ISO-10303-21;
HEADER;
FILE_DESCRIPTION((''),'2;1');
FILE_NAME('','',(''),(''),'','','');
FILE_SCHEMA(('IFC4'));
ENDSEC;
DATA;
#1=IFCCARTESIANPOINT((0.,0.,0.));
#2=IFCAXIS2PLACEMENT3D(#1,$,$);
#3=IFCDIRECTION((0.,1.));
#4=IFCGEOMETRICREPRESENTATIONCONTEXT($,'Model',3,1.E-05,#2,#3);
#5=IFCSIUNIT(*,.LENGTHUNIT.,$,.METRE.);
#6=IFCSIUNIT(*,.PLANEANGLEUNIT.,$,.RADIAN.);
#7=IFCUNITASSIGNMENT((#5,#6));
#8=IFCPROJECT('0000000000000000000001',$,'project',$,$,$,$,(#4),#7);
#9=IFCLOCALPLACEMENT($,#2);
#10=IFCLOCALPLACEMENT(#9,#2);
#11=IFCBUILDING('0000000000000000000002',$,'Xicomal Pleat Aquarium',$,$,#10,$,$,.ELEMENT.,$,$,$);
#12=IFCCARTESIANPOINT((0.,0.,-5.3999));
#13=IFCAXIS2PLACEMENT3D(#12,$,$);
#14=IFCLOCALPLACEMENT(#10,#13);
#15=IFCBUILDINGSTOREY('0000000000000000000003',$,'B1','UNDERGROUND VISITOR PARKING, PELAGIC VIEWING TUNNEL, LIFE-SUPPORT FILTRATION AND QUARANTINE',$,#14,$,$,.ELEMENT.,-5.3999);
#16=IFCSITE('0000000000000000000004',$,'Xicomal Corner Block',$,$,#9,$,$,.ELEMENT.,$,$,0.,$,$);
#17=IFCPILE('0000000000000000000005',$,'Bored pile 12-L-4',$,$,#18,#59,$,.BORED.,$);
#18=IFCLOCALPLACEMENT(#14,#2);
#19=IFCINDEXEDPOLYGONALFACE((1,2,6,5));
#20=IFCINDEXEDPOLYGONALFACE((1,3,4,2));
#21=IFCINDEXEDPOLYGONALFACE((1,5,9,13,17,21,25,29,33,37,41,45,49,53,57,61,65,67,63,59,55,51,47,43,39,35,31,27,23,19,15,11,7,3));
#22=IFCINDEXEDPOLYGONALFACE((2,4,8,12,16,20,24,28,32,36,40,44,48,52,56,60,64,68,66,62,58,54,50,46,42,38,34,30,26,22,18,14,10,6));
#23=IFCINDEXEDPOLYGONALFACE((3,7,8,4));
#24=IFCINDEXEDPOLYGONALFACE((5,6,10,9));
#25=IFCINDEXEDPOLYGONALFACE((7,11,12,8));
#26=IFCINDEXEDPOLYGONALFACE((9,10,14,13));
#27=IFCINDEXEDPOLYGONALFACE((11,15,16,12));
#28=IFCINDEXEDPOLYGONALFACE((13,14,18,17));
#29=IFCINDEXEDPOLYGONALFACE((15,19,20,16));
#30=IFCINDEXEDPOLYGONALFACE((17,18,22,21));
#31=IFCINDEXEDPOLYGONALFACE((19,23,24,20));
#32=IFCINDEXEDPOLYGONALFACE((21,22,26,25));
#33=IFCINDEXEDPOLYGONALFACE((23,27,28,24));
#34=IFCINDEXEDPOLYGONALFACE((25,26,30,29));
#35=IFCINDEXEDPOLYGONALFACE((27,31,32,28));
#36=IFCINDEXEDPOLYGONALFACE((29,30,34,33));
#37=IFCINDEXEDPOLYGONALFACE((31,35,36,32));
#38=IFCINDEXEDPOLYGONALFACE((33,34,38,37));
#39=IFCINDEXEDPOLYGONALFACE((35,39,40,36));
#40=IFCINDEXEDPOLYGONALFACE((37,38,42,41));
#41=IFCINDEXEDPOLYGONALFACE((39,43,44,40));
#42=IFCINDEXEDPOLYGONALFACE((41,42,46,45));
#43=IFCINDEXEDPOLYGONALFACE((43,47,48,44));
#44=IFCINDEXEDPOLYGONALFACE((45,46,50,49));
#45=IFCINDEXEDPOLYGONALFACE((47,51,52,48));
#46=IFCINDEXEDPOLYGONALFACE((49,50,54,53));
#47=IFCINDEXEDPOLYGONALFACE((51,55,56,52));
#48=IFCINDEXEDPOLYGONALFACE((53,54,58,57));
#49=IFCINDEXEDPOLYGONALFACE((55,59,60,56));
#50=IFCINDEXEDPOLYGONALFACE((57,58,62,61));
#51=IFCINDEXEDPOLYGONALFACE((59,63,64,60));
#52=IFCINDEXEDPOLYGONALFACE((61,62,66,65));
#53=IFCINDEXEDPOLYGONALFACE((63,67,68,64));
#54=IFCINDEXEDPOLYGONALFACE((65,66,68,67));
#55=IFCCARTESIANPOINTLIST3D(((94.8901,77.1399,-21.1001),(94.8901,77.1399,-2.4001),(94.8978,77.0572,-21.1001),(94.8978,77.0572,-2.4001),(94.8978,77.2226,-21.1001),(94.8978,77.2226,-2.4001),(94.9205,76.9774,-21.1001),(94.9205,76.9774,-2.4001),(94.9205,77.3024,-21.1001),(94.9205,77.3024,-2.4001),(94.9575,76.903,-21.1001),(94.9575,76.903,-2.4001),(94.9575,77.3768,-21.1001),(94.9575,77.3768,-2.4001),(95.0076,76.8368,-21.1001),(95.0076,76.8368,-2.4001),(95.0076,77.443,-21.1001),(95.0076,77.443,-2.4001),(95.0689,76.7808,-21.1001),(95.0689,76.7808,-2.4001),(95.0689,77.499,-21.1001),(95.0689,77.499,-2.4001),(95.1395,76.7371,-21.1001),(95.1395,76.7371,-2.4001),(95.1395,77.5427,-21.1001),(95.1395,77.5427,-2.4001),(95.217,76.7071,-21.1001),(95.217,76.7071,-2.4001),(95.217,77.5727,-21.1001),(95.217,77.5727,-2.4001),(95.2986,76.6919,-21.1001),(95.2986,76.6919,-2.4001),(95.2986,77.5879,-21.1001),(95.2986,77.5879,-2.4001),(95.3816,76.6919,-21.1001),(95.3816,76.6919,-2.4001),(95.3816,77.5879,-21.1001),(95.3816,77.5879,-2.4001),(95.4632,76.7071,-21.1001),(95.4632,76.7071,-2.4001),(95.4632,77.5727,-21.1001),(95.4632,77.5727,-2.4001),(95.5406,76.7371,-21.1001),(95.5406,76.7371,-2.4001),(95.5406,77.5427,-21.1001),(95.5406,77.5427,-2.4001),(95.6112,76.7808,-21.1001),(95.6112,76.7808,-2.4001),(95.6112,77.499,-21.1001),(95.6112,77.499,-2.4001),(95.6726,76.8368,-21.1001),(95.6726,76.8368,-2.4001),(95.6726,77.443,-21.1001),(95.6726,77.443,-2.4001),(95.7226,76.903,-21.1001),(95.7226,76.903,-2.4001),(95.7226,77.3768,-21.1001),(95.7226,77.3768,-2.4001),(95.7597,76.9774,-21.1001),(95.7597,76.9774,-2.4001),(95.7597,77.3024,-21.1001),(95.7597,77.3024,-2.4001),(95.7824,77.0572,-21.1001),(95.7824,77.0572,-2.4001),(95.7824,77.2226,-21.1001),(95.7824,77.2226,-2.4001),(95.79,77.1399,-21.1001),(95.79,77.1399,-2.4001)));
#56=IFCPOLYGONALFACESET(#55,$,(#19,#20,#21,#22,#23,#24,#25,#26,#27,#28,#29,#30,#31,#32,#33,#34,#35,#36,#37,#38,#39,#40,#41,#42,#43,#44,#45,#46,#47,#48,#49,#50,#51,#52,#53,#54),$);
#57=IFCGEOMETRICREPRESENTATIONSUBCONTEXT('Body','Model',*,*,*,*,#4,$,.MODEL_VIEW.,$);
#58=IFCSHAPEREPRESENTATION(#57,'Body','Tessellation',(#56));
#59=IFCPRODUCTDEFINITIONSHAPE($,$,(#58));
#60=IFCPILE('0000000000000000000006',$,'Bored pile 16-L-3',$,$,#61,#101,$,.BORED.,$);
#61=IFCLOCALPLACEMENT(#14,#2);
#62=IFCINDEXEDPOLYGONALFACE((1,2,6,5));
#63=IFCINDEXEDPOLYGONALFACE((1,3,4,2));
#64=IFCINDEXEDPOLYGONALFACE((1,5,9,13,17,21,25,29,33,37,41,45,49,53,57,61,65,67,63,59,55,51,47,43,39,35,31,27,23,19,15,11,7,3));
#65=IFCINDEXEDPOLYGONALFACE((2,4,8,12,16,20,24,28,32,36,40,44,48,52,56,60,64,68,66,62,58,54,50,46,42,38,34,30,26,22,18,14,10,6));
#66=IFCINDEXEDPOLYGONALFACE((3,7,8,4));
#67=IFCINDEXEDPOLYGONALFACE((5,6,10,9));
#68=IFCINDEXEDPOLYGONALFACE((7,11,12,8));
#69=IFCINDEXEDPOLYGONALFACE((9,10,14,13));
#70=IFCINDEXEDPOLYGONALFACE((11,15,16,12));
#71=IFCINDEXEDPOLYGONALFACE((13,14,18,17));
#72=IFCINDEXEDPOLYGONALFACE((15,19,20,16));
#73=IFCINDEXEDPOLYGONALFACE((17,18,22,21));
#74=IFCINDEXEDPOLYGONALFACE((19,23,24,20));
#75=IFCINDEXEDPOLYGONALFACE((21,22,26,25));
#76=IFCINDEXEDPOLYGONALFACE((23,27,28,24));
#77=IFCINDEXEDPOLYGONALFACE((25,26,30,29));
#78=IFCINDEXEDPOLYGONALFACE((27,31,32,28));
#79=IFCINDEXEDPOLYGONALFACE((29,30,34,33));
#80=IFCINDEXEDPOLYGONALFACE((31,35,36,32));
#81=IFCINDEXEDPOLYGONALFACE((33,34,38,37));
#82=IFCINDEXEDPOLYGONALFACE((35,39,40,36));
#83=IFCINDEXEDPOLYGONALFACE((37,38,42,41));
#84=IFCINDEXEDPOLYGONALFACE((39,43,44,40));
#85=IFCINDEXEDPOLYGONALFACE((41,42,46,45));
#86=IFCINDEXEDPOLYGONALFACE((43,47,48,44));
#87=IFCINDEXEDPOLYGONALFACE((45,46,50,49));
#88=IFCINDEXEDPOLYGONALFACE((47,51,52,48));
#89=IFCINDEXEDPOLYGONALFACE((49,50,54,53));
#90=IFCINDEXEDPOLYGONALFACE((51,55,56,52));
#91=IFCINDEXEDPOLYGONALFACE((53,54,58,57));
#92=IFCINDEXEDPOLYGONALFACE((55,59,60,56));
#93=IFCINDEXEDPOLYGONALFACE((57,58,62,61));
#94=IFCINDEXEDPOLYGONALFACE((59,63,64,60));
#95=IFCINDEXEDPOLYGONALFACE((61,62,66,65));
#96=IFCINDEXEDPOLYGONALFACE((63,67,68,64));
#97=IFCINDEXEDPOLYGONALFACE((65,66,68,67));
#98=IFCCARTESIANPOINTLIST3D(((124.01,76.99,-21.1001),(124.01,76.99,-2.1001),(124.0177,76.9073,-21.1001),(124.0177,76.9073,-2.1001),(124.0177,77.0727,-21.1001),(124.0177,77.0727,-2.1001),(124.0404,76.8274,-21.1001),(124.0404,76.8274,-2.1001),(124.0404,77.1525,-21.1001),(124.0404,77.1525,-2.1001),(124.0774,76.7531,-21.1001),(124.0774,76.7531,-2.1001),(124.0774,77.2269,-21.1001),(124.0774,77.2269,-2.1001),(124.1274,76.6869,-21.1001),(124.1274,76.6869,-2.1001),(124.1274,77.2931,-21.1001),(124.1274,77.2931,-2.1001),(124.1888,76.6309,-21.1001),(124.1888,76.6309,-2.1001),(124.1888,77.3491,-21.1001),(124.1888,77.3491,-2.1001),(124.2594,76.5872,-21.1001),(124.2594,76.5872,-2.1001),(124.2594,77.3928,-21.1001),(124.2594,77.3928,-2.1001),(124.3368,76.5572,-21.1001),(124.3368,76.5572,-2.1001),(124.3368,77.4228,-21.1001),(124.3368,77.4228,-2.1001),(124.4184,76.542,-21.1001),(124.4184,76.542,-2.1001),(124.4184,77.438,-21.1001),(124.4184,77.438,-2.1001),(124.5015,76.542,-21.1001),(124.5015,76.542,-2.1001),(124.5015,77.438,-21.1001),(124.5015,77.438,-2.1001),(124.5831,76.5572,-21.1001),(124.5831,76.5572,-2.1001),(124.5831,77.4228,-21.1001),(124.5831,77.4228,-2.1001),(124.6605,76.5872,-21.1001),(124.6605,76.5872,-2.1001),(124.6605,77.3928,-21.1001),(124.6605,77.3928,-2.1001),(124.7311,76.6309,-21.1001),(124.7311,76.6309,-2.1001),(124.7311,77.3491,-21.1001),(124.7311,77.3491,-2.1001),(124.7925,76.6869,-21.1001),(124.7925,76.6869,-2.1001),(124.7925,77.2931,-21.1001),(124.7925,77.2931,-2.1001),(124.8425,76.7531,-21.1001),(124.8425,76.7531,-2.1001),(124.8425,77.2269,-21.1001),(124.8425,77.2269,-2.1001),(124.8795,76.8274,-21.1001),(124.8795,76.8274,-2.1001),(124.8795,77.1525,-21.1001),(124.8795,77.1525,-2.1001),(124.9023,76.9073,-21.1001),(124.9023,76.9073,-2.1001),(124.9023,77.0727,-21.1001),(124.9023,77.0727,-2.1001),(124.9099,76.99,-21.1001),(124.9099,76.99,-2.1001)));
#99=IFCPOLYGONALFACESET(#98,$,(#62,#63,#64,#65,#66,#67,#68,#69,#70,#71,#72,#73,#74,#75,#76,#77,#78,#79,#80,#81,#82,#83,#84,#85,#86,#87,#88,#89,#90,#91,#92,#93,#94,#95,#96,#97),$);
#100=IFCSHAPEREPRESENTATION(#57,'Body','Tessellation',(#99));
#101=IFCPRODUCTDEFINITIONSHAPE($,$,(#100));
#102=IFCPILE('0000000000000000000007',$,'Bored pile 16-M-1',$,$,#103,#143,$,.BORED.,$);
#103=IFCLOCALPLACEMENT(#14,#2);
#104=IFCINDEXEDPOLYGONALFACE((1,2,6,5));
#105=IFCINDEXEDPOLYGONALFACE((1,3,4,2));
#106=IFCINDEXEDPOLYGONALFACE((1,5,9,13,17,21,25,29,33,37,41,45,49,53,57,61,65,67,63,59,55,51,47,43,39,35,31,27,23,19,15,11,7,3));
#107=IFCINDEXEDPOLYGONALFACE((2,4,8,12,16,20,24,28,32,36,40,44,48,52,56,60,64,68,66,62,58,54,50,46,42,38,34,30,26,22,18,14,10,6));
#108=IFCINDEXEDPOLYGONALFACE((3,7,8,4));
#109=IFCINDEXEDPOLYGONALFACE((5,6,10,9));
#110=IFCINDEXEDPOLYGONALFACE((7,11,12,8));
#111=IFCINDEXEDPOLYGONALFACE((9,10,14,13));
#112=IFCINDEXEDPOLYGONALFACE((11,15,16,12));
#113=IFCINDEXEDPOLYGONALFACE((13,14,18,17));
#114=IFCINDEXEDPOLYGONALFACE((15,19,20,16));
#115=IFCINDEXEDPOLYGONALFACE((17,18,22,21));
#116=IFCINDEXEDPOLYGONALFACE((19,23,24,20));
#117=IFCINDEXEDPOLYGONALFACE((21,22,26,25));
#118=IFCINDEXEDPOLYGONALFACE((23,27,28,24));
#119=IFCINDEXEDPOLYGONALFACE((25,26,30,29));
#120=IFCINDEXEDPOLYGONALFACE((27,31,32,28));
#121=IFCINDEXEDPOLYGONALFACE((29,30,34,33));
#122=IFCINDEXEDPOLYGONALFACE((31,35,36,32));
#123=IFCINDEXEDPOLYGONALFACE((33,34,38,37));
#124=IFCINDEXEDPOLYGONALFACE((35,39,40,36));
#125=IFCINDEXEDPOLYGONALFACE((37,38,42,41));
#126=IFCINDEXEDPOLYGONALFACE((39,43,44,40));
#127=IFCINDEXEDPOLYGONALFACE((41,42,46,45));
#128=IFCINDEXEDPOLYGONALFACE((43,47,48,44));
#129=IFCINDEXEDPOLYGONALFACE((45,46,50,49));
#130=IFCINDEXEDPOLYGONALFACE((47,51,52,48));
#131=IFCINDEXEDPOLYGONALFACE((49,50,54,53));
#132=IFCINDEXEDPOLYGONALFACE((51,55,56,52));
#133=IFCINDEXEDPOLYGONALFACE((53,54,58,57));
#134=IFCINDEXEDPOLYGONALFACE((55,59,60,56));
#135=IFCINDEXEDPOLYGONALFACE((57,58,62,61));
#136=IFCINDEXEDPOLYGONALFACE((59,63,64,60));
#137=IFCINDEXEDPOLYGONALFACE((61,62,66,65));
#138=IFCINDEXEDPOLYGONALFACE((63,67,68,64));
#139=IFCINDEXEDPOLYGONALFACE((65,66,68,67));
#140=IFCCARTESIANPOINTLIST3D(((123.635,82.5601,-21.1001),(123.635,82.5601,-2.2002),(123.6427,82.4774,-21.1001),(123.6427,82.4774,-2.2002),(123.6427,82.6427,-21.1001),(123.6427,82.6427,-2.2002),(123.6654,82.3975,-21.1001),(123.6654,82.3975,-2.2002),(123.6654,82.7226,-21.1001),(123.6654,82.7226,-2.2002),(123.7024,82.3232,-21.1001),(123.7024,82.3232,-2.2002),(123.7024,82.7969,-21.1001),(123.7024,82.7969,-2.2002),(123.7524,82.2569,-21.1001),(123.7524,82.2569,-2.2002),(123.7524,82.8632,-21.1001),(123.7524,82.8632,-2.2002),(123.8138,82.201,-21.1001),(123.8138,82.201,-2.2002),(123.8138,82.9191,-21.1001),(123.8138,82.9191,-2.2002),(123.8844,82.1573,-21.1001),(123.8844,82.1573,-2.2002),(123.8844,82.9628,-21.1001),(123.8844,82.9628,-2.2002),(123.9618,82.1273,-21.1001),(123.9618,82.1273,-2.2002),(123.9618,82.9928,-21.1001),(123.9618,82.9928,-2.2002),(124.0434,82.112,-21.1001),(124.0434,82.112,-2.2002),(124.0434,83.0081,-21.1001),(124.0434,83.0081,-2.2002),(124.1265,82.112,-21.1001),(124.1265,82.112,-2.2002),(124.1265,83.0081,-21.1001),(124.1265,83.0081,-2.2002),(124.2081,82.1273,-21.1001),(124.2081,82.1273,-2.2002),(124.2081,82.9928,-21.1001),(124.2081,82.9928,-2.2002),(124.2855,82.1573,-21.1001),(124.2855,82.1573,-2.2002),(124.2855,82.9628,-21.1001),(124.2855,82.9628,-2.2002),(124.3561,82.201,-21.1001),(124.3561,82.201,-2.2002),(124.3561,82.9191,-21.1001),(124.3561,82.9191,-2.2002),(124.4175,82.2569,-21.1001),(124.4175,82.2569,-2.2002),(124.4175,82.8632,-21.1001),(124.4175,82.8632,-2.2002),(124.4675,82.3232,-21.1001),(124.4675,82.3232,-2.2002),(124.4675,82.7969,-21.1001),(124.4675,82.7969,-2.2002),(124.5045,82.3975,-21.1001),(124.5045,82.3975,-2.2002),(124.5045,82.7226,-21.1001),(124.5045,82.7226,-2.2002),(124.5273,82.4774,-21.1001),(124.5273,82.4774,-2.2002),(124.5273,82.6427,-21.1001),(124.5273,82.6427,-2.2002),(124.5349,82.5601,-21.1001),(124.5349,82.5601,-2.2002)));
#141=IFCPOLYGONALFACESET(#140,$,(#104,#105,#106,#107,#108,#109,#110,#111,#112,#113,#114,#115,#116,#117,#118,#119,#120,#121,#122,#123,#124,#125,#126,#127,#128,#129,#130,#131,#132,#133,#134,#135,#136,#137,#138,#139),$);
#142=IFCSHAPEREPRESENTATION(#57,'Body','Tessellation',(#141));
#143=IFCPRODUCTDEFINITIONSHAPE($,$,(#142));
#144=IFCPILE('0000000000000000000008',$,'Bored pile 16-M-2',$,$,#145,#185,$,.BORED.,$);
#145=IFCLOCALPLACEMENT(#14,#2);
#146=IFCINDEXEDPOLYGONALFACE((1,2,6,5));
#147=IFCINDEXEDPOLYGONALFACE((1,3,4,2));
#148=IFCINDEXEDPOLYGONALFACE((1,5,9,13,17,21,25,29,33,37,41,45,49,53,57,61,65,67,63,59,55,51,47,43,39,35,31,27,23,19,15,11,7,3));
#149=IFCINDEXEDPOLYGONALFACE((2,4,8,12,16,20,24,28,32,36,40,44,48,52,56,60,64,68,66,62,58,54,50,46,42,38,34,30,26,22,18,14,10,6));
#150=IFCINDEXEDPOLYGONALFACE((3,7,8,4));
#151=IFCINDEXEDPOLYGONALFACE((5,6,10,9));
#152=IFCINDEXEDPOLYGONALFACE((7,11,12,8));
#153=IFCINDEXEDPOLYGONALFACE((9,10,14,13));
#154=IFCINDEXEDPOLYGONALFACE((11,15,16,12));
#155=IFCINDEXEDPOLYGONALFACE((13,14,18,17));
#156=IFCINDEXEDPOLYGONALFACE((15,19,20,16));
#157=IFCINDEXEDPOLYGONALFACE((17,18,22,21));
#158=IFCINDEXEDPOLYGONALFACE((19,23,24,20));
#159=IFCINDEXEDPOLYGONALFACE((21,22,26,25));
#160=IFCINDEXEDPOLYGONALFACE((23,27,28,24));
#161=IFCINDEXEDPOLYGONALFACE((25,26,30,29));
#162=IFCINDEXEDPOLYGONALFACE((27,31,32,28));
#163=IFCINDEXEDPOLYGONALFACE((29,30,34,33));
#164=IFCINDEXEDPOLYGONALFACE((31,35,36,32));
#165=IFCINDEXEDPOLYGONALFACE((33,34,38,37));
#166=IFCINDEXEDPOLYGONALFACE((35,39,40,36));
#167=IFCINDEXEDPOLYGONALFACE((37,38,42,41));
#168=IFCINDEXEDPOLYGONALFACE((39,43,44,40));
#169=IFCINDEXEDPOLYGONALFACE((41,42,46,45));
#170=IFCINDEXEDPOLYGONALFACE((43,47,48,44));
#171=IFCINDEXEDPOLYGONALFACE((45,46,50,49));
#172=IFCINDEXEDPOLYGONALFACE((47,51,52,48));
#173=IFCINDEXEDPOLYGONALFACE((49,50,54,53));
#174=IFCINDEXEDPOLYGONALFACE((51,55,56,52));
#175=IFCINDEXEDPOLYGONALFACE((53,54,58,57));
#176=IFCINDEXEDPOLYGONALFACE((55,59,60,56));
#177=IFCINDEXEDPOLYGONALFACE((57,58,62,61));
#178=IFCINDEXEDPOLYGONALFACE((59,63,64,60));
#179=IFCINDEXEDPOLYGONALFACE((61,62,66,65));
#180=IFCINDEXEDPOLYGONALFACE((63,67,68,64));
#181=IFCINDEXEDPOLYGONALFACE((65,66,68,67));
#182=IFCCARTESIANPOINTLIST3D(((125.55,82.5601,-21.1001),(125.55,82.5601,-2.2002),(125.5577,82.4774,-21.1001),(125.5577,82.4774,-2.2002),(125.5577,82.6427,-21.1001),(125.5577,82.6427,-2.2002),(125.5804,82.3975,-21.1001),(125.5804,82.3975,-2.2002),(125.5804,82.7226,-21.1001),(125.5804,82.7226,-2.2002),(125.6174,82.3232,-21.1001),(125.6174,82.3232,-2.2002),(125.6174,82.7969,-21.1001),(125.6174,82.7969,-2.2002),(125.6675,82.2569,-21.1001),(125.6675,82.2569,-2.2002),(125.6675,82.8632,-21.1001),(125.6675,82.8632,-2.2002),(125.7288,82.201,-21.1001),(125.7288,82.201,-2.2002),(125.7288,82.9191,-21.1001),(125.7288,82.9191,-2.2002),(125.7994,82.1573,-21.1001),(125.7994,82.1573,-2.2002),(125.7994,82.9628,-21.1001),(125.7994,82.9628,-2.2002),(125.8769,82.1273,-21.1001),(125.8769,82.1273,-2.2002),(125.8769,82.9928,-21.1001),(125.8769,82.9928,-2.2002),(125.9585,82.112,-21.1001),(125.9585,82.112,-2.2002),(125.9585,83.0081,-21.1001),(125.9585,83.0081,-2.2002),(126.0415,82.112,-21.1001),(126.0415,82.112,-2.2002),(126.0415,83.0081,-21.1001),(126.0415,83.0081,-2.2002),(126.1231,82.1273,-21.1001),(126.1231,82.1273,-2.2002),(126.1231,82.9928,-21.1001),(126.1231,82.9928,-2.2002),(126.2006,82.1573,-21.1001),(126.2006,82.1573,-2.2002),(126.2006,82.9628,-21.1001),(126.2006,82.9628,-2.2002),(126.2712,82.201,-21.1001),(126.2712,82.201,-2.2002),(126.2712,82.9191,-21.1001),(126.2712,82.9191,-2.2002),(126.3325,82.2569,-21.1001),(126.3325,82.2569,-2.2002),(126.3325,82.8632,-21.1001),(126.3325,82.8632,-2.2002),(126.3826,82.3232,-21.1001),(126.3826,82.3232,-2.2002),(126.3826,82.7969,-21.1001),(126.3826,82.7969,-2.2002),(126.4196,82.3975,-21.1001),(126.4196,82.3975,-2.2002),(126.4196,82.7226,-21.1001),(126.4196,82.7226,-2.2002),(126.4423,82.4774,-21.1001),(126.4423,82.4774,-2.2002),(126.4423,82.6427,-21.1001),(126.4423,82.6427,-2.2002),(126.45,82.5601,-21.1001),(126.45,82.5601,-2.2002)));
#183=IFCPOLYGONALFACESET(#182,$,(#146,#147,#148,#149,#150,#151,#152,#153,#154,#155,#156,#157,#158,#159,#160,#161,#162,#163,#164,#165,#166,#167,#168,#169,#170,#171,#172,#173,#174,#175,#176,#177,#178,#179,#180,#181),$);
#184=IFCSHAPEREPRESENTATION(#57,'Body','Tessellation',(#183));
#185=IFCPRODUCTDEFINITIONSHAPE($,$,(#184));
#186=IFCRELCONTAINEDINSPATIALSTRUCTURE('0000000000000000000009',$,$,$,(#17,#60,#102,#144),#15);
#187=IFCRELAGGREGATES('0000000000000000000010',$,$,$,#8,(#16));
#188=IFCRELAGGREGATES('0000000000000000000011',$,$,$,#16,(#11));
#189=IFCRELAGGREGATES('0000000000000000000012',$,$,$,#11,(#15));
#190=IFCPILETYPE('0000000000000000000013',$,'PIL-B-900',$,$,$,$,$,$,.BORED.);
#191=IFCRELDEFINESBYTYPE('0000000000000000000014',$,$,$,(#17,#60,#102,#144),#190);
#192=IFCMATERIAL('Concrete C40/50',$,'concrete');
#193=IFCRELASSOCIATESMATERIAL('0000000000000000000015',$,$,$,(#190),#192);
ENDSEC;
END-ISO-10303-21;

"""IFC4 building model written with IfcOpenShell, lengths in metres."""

from ifc_helpers import new_model, si_unit, direction, frame, origin, origin_2d, place, context, subcontext, project, spatial, circle, extrude, material, material_profile, profile_set, type_object, element, save


model = new_model("IFC4")

# Units and contexts
model_context = context("Model", 3, precision=1e-05, world=origin(), true_north=direction((0.0, 1.0)))
body_context = subcontext(model_context, "Body", "Model", "MODEL_VIEW")
ifc_project = project(units=[si_unit("LENGTHUNIT", "METRE"), si_unit("PLANEANGLEUNIT", "RADIAN")], contexts=[model_context])

# Site, building, storey
site_placement = place(None, origin())
site = spatial("IfcSite", under=ifc_project, at=site_placement, Name="Xicomal Corner Block", CompositionType="ELEMENT", RefElevation=0.0)
building_placement = place(site_placement, origin())
building = spatial("IfcBuilding", under=site, at=building_placement, Name="Xicomal Pleat Aquarium", CompositionType="ELEMENT")
storey_placement = place(building_placement, frame((0.0, 0.0, -5.3999)))
storey = spatial("IfcBuildingStorey", under=building, at=storey_placement, Name="B1", Description="UNDERGROUND VISITOR PARKING, PELAGIC VIEWING TUNNEL, LIFE-SUPPORT FILTRATION AND QUARANTINE", CompositionType="ELEMENT", Elevation=-5.3999)

# Piles
ifc_material_1 = material(Name="Concrete C40/50", Category="concrete")
ifc_material_profile_1 = material_profile(ifc_material_1, circle(Radius=0.45, at=origin_2d()), Name="BORED PILE D900")
ifc_profile_set_1 = profile_set([ifc_material_profile_1], Name="Concrete C40/50")
pile_type_1 = type_object("IfcPileType", Name="PIL-B-900", PredefinedType="BORED", material=ifc_profile_set_1)
pile_1_placement = place(storey_placement, frame((95.3401, 77.1399, -2.4001), z_axis=(0.0, 0.0, -1.0), x_axis=(1.0, 0.0, 0.0)))
element("IfcPile", 1, at=pile_1_placement, inside=storey, type_object=pile_type_1, Name="Bored pile 12-L-4", PredefinedType="BORED", context=body_context, shape_type="SweptSolid", body=[
    extrude(circle(Radius=0.45, at=origin_2d()), origin(), (0.0, 0.0, 1.0), 18.7),
])
pile_2_placement = place(storey_placement, frame((124.46, 76.99, -2.1001), z_axis=(0.0, 0.0, -1.0), x_axis=(1.0, 0.0, 0.0)))
element("IfcPile", 2, at=pile_2_placement, inside=storey, type_object=pile_type_1, Name="Bored pile 16-L-3", PredefinedType="BORED", context=body_context, shape_type="SweptSolid", body=[
    extrude(circle(Radius=0.45, at=origin_2d()), origin(), (0.0, 0.0, 1.0), 19.0),
])
for number, where, z_axis, x_axis, name in (
    (3, (124.085, 82.5601, -2.2002), (0.0, 0.0, -1.0), (1.0, 0.0, 0.0), "Bored pile 16-M-1"),
    (4, (126.0, 82.5601, -2.2002), (0.0, 0.0, -1.0), (1.0, 0.0, 0.0), "Bored pile 16-M-2"),
):
    element("IfcPile", number, at=place(storey_placement, frame(where, z_axis=z_axis, x_axis=x_axis)), inside=storey, type_object=pile_type_1, Name=name, PredefinedType="BORED", context=body_context, shape_type="SweptSolid", body=[
        extrude(circle(Radius=0.45, at=origin_2d()), origin(), (0.0, 0.0, 1.0), 18.8999),
    ])

save(model, "model.ifc")
